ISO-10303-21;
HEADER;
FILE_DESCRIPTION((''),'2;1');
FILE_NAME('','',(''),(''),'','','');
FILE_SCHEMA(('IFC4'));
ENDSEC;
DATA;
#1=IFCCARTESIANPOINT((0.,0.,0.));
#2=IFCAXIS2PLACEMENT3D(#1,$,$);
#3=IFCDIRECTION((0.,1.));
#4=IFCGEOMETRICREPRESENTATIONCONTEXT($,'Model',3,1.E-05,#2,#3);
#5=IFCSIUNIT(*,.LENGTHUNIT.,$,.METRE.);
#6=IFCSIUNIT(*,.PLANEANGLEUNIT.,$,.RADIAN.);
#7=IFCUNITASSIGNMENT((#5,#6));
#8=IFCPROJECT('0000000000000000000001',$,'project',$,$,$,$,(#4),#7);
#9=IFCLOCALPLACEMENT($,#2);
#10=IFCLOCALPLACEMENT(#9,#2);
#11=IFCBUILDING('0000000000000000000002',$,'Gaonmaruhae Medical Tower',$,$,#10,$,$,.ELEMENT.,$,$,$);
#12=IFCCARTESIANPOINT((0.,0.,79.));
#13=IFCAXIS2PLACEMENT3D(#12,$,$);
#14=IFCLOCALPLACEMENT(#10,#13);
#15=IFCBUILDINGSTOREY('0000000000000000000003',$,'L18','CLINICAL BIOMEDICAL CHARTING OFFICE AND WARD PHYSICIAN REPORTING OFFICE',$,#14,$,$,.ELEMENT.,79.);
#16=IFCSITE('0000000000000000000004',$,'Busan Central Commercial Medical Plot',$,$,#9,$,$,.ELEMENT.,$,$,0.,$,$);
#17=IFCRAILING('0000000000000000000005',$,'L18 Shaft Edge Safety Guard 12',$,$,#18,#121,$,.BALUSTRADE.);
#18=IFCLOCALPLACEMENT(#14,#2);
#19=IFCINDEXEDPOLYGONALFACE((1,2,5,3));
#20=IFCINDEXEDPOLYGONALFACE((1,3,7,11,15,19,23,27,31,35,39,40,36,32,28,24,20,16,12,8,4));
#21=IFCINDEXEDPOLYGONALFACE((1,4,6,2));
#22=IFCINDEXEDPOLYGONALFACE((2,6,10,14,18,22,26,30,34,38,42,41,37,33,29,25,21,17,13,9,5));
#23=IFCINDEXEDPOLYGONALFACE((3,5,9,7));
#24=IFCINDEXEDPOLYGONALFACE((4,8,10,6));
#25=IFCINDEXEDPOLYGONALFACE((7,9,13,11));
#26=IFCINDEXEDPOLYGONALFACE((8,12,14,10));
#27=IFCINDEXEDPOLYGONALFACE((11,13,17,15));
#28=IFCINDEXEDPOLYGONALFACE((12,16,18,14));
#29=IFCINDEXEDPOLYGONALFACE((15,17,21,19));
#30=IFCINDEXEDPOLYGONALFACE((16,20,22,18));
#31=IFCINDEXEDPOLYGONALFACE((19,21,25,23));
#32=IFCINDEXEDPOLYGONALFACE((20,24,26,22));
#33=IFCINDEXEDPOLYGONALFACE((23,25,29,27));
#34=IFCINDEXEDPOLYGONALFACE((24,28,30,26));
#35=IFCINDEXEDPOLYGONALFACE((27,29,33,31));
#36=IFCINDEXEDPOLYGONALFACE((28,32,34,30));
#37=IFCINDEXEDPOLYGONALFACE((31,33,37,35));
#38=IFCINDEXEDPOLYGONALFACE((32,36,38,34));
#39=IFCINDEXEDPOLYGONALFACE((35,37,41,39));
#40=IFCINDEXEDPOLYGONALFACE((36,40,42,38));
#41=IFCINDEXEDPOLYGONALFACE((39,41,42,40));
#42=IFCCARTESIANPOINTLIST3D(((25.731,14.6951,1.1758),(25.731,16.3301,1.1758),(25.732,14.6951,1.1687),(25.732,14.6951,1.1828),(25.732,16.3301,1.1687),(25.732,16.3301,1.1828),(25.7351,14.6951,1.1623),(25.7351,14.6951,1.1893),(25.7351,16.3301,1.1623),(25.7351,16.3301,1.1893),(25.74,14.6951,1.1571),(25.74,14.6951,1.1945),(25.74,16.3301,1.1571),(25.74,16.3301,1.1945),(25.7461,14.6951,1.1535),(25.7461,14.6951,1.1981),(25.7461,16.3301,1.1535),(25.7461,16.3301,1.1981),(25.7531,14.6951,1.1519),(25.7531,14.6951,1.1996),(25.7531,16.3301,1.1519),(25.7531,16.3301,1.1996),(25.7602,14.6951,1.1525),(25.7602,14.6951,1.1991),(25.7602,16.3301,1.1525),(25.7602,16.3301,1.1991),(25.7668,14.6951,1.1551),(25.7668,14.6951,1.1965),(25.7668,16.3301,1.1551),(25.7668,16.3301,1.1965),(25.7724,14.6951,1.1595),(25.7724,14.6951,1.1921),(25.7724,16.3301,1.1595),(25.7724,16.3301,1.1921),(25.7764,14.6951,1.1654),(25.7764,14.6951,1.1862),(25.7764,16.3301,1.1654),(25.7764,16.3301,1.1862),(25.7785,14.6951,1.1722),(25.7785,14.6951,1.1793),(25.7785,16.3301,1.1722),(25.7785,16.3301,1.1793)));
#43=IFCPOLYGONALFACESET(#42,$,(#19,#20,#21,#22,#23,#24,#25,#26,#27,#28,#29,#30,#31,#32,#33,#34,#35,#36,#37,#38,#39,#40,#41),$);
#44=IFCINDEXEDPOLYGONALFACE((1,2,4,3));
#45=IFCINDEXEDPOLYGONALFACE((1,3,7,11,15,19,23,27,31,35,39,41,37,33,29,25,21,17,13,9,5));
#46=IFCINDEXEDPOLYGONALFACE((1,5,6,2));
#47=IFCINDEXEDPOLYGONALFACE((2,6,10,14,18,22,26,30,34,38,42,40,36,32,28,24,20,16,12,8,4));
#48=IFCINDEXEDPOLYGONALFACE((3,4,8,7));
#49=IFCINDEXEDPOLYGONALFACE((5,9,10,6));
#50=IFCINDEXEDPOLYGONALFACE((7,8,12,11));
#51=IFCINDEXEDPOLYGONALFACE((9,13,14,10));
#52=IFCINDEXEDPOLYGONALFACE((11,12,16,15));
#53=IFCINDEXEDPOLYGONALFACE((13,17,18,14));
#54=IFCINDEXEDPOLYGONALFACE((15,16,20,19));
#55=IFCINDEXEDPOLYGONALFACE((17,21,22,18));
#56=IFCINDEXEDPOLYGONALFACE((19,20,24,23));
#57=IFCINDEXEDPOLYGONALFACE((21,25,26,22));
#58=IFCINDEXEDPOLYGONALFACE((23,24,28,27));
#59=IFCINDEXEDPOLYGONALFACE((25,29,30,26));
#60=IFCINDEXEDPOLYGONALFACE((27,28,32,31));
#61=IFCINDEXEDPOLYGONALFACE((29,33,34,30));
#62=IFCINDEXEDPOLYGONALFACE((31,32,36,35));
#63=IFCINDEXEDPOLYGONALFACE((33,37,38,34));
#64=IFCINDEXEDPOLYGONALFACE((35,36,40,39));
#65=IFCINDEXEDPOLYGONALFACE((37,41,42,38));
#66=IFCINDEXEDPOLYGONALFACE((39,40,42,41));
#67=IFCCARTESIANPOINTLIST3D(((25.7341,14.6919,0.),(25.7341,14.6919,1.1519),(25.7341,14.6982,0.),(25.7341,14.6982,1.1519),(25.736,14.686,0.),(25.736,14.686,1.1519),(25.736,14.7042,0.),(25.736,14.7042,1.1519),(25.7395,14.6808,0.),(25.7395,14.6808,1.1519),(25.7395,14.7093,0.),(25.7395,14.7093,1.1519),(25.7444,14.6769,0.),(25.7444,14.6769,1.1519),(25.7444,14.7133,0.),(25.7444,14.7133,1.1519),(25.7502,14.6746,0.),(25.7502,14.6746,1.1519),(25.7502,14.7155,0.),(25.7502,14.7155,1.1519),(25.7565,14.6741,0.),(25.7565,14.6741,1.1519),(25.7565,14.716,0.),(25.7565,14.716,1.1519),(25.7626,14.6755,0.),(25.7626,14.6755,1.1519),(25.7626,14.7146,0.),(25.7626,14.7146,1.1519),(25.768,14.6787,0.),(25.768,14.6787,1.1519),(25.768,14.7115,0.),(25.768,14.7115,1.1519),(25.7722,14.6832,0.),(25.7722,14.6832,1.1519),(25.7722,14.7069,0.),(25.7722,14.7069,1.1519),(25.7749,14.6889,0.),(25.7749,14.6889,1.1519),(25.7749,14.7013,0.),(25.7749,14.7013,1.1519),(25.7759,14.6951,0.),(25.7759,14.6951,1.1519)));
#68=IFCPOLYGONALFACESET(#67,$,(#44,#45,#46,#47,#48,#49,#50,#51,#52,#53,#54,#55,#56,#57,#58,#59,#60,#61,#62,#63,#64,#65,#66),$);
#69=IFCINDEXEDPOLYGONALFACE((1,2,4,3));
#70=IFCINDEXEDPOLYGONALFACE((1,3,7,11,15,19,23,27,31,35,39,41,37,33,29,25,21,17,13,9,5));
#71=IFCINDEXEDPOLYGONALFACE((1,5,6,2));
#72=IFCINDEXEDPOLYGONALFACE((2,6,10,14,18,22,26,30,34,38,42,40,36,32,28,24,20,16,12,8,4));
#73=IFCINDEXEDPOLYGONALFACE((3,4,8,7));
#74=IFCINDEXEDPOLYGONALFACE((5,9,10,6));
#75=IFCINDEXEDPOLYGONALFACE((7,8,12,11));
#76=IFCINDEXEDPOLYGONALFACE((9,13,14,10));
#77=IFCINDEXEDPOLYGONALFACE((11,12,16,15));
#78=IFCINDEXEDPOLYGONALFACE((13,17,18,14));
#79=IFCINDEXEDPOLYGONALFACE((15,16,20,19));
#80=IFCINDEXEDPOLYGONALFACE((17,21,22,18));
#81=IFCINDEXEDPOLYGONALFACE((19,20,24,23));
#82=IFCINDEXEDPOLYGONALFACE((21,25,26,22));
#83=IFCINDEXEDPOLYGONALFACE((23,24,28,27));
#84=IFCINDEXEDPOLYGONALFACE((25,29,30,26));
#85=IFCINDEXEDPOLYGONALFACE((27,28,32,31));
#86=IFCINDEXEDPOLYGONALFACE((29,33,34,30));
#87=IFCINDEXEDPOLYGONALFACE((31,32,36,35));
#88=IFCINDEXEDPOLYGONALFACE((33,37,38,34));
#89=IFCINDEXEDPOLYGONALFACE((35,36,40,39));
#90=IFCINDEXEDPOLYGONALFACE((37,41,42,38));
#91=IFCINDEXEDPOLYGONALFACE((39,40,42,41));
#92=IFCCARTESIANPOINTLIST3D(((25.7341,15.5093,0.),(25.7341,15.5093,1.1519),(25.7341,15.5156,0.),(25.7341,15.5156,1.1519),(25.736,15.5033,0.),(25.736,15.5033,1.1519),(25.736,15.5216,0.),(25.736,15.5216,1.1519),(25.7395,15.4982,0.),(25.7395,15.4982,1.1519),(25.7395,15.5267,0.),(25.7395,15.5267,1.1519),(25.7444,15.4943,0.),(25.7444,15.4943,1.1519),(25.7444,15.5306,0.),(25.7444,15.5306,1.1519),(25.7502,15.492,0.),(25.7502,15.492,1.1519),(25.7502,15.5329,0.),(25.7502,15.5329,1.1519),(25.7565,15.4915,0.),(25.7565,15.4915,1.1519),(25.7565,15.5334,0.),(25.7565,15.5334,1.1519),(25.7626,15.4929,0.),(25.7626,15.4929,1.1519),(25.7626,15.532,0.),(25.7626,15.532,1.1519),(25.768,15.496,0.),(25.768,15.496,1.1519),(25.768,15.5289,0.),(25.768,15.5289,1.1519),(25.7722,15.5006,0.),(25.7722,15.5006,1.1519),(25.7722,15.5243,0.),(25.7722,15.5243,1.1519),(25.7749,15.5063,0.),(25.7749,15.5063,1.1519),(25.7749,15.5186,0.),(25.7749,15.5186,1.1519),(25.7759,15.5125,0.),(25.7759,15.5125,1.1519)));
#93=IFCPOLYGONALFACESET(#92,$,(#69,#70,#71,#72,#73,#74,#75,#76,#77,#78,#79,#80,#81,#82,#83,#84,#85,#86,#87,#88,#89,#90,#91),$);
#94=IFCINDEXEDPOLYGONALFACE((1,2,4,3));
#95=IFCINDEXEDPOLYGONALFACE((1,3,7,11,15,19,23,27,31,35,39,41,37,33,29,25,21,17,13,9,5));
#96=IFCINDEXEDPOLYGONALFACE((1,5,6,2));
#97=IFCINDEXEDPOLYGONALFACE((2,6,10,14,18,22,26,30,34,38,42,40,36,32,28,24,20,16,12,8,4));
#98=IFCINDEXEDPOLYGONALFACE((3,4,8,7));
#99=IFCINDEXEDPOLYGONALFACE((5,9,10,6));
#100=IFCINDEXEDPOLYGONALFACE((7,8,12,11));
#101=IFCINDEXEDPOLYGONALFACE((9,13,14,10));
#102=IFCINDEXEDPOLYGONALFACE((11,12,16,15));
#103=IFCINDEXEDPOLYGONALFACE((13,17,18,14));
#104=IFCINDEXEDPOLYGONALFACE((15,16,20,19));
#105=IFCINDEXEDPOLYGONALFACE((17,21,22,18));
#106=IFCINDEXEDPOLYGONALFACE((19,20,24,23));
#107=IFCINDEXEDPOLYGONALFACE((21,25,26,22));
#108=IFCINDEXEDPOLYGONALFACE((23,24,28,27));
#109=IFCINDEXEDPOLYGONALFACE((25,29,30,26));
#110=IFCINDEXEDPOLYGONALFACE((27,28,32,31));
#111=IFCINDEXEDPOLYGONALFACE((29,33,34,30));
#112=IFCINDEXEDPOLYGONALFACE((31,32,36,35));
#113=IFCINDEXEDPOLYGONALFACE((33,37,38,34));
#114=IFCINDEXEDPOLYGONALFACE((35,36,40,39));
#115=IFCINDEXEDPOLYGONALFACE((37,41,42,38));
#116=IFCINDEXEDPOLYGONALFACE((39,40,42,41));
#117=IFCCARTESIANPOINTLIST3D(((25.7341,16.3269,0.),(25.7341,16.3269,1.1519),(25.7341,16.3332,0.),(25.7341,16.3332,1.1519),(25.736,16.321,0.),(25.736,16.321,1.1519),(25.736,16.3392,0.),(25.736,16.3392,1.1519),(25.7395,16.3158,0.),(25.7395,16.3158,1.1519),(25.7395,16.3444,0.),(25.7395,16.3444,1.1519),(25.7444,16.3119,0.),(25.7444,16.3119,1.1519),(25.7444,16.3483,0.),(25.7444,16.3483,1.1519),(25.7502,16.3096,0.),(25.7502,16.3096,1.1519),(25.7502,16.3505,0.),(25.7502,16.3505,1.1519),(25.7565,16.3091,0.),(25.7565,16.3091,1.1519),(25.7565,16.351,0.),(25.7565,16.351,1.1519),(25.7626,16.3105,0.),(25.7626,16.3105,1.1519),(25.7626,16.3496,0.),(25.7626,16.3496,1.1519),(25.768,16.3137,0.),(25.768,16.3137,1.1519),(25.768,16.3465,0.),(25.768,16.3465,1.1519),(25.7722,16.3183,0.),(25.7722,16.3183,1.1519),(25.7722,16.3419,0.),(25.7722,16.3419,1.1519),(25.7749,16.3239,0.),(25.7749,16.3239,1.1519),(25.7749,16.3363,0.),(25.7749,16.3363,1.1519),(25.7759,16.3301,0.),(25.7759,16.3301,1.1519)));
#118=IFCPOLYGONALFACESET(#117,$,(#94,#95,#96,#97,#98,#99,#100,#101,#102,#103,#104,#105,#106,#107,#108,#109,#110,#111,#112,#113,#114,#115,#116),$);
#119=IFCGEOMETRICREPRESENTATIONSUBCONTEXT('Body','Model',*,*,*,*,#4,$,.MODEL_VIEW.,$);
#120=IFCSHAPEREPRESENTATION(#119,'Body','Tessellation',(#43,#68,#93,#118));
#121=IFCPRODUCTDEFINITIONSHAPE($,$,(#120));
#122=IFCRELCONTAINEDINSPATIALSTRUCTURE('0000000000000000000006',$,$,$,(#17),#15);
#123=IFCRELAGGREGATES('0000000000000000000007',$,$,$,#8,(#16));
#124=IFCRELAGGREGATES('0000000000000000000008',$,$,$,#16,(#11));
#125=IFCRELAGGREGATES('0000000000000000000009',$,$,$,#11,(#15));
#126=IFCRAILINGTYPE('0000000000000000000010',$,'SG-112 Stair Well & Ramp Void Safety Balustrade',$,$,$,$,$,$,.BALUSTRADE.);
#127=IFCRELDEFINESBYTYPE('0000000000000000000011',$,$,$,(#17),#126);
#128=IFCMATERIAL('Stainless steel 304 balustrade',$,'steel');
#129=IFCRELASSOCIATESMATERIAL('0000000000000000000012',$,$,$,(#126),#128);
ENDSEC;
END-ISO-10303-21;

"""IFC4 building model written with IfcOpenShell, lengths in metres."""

from ifc_helpers import new_model, si_unit, direction, frame, origin, origin_2d, place, context, subcontext, project, spatial, circle, extrude, material, type_object, element, save


model = new_model("IFC4")

# Units and contexts
model_context = context("Model", 3, precision=1e-05, world=origin(), true_north=direction((0.0, 1.0)))
body_context = subcontext(model_context, "Body", "Model", "MODEL_VIEW")
ifc_project = project(units=[si_unit("LENGTHUNIT", "METRE"), si_unit("PLANEANGLEUNIT", "RADIAN")], contexts=[model_context])

# Site, building, storey
site_placement = place(None, origin())
site = spatial("IfcSite", under=ifc_project, at=site_placement, Name="Busan Central Commercial Medical Plot", CompositionType="ELEMENT", RefElevation=0.0)
building_placement = place(site_placement, origin())
building = spatial("IfcBuilding", under=site, at=building_placement, Name="Gaonmaruhae Medical Tower", CompositionType="ELEMENT")
storey_placement = place(building_placement, frame((0.0, 0.0, 79.0)))
storey = spatial("IfcBuildingStorey", under=building, at=storey_placement, Name="L18", Description="CLINICAL BIOMEDICAL CHARTING OFFICE AND WARD PHYSICIAN REPORTING OFFICE", CompositionType="ELEMENT", Elevation=79.0)

# Railing
ifc_material_1 = material(Name="Stainless steel 304 balustrade", Category="steel")
railing_type_1 = type_object("IfcRailingType", Name="SG-112 Stair Well & Ramp Void Safety Balustrade", PredefinedType="BALUSTRADE", material=ifc_material_1)
for number, where, name in (
    (1, (25.7549, 14.6951, 0.0), "L18 Shaft Edge Safety Guard 12"),
):
    element("IfcRailing", number, at=place(storey_placement, frame(where)), inside=storey, type_object=railing_type_1, Name=name, PredefinedType="BALUSTRADE", context=body_context, shape_type="SweptSolid", body=[
        extrude(circle(Radius=0.0239, at=origin_2d()), frame((0.0, 0.0, 1.1758), z_axis=(0.0, 1.0, 0.0), x_axis=(-1.0, 0.0, 0.0)), (0.0, 0.0, 1.0), 1.635),
        extrude(circle(Radius=0.021, at=origin_2d()), origin(), (0.0, 0.0, 1.0), 1.1519),
        extrude(circle(Radius=0.021, at=origin_2d()), frame((0.0, 0.8174, 0.0)), (0.0, 0.0, 1.0), 1.1519),
        extrude(circle(Radius=0.021, at=origin_2d()), frame((0.0, 1.635, 0.0)), (0.0, 0.0, 1.0), 1.1519),
    ])

save(model, "model.ifc")
